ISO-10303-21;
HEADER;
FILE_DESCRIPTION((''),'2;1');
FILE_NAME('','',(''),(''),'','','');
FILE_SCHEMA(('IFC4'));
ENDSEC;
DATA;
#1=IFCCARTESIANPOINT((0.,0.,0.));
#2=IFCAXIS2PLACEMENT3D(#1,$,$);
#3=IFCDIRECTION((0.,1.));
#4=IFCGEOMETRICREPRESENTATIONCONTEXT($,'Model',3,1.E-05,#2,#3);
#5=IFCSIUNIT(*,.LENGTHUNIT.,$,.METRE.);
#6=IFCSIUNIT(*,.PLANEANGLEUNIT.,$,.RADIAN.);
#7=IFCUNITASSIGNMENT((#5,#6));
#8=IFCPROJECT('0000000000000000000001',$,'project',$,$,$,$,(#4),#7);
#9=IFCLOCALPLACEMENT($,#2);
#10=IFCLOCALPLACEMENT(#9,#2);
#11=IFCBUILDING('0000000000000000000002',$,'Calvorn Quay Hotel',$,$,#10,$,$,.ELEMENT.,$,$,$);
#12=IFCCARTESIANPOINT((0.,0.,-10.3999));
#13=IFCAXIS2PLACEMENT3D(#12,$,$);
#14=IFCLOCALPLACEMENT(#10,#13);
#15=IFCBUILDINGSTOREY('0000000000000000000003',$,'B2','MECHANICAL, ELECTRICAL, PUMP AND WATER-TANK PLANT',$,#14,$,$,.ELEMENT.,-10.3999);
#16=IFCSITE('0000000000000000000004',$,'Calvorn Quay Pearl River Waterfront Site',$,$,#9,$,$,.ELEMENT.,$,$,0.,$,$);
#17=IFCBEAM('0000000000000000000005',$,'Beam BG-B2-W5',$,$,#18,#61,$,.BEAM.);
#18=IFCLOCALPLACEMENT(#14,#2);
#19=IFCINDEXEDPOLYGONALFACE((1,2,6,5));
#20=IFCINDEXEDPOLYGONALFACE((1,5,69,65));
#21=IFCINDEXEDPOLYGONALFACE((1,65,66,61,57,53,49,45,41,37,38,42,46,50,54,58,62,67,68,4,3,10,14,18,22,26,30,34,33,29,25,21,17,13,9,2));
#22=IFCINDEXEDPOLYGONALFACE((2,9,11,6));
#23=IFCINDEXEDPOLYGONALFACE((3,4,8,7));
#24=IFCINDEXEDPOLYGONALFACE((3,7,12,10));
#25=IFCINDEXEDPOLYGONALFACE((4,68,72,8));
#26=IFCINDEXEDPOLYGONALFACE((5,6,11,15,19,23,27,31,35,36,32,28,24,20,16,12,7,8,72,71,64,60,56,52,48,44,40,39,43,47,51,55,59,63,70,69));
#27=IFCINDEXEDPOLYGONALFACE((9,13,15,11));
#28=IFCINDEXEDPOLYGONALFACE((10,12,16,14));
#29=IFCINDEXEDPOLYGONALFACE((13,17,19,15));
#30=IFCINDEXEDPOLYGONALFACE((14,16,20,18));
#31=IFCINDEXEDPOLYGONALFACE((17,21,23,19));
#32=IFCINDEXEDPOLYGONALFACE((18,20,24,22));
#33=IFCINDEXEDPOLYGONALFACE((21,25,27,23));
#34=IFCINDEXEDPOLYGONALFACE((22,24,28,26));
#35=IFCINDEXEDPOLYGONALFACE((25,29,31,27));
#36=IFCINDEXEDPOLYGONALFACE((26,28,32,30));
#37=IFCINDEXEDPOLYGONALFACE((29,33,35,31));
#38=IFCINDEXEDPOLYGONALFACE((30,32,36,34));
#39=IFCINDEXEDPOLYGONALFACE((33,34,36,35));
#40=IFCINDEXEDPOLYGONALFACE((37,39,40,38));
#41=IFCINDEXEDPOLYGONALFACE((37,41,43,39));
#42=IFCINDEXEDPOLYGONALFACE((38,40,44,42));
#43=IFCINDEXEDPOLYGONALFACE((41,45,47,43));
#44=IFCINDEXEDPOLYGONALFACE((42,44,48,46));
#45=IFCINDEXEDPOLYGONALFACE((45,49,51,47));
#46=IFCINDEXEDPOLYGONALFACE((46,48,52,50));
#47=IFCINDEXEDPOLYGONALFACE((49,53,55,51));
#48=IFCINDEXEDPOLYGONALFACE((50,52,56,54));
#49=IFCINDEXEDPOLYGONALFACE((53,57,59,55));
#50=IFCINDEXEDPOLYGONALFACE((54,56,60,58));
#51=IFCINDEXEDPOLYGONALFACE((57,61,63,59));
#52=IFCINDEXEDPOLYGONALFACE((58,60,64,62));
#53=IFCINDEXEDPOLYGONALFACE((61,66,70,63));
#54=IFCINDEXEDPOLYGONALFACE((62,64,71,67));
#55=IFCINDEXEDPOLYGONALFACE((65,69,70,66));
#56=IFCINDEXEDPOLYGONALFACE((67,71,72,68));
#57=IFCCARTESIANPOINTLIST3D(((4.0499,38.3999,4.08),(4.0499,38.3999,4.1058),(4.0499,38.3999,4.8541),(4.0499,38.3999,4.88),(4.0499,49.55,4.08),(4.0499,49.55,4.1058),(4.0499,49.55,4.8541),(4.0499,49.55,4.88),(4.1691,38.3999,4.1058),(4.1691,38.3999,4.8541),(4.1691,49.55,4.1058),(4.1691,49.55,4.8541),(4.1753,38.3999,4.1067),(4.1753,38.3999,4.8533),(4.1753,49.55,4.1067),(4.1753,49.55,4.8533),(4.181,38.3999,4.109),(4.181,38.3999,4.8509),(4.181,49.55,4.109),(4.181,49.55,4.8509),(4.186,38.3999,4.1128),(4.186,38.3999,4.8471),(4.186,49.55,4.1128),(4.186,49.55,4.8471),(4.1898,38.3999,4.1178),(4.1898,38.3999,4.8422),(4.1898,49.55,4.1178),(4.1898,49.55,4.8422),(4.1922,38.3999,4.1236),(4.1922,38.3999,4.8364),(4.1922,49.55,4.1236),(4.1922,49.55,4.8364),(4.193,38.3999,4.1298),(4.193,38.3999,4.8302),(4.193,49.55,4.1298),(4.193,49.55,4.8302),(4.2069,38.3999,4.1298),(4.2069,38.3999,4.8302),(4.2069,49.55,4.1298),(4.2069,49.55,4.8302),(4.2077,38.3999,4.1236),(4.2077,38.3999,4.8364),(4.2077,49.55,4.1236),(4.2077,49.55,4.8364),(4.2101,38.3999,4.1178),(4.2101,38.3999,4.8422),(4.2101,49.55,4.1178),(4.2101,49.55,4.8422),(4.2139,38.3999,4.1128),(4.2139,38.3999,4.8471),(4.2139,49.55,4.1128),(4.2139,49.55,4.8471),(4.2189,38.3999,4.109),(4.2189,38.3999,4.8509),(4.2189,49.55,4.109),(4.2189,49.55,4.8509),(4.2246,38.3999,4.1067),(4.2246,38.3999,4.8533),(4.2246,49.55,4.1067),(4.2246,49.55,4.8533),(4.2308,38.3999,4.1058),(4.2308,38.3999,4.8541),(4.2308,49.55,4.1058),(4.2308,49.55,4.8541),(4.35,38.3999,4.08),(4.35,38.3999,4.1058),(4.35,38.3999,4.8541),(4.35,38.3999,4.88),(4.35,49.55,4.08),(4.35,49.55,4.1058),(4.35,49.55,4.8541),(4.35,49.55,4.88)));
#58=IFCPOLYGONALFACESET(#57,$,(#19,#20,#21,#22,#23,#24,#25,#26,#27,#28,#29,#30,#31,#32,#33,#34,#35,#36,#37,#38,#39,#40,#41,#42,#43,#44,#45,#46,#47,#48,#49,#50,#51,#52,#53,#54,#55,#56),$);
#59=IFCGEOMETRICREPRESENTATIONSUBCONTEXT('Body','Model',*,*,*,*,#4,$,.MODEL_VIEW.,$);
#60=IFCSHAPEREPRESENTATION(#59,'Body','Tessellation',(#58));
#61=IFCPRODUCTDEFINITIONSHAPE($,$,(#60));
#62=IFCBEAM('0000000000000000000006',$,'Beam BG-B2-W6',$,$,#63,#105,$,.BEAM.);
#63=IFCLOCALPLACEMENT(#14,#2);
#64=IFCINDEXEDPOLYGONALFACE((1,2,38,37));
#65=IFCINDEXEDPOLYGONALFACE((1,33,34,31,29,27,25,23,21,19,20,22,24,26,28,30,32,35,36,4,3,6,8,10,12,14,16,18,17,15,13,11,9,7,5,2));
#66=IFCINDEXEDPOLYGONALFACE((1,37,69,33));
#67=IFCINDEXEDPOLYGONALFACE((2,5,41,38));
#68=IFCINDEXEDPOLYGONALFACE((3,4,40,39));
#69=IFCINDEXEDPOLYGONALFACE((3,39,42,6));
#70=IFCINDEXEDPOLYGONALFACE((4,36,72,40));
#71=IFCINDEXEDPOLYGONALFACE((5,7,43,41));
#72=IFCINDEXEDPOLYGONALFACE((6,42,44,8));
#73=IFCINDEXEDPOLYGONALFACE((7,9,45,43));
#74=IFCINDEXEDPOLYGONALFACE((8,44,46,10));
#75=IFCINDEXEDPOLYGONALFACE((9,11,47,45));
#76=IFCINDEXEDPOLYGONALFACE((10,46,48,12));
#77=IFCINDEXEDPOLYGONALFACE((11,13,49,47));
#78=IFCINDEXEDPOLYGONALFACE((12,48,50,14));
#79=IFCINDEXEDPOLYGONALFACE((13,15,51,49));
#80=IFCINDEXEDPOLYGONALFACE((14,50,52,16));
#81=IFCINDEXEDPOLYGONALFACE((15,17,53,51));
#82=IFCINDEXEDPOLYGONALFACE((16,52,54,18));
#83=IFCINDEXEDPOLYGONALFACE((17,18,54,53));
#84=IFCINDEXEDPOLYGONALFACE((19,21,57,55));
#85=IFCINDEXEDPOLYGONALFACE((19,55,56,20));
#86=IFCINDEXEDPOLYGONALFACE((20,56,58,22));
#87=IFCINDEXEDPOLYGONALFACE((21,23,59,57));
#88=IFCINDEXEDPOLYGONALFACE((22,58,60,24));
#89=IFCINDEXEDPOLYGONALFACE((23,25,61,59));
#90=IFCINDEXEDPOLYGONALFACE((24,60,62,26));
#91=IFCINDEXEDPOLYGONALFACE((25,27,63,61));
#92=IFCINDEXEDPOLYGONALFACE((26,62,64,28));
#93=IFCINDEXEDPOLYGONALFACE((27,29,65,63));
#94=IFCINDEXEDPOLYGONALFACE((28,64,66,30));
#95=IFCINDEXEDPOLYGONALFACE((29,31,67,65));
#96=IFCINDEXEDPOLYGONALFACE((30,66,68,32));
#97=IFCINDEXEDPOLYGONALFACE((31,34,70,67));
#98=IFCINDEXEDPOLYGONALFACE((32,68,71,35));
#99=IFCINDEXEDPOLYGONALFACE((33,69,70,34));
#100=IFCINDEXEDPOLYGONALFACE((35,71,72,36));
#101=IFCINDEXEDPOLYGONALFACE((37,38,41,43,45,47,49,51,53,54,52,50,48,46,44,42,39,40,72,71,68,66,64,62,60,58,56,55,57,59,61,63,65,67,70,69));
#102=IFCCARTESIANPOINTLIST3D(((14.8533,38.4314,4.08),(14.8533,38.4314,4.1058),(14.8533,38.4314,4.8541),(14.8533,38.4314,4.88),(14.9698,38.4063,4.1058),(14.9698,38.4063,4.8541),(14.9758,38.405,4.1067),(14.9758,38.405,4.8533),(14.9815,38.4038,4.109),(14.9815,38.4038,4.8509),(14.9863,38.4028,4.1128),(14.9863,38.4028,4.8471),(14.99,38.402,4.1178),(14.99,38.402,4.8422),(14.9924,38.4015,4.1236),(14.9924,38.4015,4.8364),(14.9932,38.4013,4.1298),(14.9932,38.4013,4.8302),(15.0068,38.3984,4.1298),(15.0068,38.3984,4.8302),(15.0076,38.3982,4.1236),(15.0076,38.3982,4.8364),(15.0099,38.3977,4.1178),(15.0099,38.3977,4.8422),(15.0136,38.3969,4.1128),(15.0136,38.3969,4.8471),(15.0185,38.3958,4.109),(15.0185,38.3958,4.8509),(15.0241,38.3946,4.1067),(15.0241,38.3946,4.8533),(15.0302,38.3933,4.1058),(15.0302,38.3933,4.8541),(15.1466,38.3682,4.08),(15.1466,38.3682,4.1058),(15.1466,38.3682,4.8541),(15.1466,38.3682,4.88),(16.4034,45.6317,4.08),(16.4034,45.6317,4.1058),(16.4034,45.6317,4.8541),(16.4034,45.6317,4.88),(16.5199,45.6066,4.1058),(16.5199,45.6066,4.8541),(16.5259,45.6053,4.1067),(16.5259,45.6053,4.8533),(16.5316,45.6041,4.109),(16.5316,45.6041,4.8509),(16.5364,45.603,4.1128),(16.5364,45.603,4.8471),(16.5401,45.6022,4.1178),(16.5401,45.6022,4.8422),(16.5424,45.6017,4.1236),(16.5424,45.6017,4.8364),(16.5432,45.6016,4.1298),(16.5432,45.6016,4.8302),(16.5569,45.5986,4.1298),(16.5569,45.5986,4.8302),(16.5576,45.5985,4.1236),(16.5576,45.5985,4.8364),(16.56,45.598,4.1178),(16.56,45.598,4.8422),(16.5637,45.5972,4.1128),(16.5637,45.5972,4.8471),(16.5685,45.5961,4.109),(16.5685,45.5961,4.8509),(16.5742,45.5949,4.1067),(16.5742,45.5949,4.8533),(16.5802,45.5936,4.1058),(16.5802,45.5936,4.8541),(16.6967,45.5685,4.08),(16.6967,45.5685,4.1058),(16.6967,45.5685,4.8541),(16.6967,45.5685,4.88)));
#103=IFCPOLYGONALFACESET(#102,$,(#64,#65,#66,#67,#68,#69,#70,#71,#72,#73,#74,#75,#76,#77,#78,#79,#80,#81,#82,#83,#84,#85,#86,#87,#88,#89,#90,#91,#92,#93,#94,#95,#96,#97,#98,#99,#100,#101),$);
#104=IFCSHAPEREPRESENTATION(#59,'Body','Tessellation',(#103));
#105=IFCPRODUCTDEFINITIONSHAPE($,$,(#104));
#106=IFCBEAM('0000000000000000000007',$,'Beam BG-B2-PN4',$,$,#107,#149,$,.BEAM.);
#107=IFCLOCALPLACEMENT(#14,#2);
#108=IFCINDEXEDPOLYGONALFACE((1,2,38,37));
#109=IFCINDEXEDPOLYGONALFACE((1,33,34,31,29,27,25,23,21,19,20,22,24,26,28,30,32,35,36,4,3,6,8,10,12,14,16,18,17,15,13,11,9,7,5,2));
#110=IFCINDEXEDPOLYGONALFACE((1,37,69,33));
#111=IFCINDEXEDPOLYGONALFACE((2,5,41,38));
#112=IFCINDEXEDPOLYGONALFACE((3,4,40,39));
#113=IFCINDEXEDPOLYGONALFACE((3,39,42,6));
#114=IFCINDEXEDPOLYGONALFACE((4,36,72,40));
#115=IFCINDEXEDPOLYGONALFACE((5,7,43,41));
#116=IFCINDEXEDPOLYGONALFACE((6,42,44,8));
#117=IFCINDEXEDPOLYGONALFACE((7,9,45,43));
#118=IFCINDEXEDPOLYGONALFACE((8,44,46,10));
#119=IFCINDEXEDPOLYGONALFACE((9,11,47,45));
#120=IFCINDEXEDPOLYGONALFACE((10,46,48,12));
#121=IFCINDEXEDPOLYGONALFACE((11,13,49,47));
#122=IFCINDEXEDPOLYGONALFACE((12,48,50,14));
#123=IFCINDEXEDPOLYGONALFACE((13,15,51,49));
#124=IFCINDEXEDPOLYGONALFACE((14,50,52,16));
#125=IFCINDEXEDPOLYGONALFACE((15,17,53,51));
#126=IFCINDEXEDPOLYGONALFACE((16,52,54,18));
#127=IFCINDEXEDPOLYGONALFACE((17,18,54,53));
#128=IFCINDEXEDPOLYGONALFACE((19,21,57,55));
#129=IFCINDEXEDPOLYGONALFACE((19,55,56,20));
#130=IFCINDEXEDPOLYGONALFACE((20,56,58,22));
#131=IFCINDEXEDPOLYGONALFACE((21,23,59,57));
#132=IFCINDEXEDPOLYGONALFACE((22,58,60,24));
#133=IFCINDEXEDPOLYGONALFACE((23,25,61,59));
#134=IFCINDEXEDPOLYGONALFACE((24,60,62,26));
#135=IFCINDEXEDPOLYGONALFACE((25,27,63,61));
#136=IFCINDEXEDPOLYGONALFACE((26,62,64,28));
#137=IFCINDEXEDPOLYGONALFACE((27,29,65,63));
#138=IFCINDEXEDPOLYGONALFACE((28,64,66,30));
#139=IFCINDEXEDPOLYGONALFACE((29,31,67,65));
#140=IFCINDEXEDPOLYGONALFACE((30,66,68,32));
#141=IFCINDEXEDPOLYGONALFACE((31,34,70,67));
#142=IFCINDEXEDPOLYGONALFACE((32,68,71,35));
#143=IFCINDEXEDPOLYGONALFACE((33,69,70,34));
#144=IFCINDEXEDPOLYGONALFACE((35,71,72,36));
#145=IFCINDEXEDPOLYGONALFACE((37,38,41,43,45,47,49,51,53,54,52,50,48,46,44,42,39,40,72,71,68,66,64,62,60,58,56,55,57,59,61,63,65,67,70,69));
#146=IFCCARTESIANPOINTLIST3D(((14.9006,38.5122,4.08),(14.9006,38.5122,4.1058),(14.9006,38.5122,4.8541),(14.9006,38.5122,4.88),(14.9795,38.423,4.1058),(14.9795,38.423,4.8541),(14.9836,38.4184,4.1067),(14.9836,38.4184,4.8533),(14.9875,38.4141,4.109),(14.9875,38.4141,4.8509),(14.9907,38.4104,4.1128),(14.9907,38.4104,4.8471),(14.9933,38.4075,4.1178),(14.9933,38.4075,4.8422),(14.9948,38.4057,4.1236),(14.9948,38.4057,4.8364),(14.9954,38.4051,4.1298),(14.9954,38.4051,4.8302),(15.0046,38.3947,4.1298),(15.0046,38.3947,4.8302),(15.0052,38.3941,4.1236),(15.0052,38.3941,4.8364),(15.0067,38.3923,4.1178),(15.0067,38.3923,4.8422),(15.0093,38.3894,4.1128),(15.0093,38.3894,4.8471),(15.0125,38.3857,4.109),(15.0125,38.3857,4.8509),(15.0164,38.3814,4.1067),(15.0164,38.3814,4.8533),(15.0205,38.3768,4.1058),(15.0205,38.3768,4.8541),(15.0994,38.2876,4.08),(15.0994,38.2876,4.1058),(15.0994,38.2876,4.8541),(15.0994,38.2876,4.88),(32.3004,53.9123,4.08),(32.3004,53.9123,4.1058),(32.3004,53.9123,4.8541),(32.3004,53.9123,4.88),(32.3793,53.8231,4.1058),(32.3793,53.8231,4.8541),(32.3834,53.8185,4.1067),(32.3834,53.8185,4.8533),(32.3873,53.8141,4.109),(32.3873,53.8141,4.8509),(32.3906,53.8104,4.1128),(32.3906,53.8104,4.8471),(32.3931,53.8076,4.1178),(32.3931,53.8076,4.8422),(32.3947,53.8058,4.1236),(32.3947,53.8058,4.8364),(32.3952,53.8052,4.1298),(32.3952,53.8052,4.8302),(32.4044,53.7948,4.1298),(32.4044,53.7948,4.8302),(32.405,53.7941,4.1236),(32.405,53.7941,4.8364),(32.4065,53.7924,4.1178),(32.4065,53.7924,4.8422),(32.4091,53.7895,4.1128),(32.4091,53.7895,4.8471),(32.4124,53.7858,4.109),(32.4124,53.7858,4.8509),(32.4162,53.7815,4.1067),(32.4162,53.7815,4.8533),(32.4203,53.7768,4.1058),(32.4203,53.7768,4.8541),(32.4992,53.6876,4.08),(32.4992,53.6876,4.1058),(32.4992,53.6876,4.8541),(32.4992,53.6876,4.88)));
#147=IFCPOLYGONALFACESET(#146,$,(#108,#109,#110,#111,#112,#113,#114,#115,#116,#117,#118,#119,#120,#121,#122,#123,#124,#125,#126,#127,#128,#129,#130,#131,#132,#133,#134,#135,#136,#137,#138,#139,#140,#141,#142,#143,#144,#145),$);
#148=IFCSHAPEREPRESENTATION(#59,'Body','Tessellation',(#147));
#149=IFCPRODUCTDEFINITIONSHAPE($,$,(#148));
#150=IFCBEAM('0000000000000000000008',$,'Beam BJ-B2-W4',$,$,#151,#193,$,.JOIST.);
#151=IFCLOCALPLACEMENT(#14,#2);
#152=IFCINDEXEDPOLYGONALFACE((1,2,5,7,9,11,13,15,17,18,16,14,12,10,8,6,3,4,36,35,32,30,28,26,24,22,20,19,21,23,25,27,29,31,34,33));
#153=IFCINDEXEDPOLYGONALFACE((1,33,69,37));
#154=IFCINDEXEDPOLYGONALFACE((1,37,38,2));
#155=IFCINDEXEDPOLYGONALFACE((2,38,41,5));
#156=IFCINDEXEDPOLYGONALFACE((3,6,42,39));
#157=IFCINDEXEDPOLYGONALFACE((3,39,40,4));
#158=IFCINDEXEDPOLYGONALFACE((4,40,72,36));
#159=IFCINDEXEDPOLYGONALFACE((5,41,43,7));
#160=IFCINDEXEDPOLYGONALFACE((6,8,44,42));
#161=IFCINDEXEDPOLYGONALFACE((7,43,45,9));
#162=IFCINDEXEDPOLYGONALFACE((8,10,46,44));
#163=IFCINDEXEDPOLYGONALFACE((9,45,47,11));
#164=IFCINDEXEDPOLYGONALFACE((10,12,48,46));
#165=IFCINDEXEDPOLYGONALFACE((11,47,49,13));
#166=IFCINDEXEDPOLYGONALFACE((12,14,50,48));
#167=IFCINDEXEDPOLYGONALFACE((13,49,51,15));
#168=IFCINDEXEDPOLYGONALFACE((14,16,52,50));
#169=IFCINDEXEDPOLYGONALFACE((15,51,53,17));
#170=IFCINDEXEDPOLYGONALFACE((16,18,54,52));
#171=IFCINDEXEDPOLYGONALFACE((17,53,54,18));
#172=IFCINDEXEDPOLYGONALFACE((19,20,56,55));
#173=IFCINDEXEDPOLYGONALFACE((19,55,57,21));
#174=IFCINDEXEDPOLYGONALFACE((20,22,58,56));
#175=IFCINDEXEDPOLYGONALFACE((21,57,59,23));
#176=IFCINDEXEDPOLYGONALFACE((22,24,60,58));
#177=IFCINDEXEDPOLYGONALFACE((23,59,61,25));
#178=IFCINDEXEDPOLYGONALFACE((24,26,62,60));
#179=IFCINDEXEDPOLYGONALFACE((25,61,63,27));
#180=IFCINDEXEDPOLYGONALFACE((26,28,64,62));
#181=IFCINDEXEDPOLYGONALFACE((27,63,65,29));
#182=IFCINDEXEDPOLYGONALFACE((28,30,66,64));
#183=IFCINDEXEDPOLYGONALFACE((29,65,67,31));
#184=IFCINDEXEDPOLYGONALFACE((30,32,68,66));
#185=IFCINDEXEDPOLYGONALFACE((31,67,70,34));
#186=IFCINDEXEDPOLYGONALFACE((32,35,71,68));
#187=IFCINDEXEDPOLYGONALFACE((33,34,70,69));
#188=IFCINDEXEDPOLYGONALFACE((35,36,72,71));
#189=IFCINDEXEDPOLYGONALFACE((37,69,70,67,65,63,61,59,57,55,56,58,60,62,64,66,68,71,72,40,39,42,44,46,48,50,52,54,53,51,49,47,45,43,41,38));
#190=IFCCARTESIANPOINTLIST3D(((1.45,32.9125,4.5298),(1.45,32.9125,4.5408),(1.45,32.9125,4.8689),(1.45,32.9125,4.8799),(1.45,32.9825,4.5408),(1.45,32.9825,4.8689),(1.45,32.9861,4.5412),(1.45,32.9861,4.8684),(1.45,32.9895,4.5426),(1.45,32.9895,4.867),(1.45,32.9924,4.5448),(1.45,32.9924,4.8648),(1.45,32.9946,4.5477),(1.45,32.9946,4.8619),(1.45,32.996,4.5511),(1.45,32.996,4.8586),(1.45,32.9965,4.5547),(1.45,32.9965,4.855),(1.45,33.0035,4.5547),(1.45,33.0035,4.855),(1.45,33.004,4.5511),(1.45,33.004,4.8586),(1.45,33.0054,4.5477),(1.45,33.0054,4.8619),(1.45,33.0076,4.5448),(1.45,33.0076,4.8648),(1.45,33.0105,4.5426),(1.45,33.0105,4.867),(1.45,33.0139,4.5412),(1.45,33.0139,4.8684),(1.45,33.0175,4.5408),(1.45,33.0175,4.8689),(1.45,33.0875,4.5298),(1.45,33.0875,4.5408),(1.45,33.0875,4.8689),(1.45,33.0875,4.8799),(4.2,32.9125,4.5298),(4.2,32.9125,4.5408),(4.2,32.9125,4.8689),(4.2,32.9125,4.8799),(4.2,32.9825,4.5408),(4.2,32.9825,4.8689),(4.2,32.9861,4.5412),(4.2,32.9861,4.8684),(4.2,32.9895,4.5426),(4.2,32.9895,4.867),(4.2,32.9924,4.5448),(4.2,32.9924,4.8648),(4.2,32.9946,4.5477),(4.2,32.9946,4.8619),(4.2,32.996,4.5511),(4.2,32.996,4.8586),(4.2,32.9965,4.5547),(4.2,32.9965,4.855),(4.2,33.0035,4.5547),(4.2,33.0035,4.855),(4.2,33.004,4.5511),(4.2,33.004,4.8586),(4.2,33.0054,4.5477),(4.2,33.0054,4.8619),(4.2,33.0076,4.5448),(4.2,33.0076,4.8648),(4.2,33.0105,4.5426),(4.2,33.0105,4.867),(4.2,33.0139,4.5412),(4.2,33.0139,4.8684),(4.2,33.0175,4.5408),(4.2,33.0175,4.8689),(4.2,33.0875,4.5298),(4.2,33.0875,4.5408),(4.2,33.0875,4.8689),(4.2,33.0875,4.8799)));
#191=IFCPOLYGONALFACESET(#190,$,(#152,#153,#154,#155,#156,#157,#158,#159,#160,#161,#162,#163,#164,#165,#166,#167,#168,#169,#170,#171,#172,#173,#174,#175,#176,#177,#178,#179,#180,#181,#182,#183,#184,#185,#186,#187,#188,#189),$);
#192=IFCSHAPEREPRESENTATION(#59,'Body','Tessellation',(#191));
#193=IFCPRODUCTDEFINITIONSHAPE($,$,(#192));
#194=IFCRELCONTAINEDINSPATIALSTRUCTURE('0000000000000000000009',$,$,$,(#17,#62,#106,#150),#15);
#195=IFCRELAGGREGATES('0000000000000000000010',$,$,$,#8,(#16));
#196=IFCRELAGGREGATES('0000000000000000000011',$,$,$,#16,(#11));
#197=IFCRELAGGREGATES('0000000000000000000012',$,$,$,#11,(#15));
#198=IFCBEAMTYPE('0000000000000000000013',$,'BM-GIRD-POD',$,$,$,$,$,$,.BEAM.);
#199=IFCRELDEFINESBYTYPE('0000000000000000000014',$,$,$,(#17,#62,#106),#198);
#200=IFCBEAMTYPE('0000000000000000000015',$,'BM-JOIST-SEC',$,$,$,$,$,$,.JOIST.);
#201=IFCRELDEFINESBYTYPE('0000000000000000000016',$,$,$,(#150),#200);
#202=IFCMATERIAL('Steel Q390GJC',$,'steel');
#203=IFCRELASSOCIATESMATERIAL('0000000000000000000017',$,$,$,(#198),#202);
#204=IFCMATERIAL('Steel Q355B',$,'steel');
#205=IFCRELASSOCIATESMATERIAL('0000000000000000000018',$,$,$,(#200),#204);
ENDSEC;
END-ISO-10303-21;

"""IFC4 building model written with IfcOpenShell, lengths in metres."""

from ifc_helpers import new_model, si_unit, direction, frame, origin, origin_2d, place, context, subcontext, project, spatial, i_section, extrude, material, material_profile, profile_set, type_object, element, save


model = new_model("IFC4")

# Units and contexts
model_context = context("Model", 3, precision=1e-05, world=origin(), true_north=direction((0.0, 1.0)))
body_context = subcontext(model_context, "Body", "Model", "MODEL_VIEW")
ifc_project = project(units=[si_unit("LENGTHUNIT", "METRE"), si_unit("PLANEANGLEUNIT", "RADIAN")], contexts=[model_context])

# Site, building, storey
site_placement = place(None, origin())
site = spatial("IfcSite", under=ifc_project, at=site_placement, Name="Calvorn Quay Pearl River Waterfront Site", CompositionType="ELEMENT", RefElevation=0.0)
building_placement = place(site_placement, origin())
building = spatial("IfcBuilding", under=site, at=building_placement, Name="Calvorn Quay Hotel", CompositionType="ELEMENT")
storey_placement = place(building_placement, frame((0.0, 0.0, -10.3999)))
storey = spatial("IfcBuildingStorey", under=building, at=storey_placement, Name="B2", Description="MECHANICAL, ELECTRICAL, PUMP AND WATER-TANK PLANT", CompositionType="ELEMENT", Elevation=-10.3999)

# Beams
ifc_material_1 = material(Name="Steel Q390GJC", Category="steel")
ifc_material_profile_1 = material_profile(ifc_material_1, i_section(OverallWidth=0.3, OverallDepth=0.8, WebThickness=0.0139, FlangeThickness=0.0259, FilletRadius=0.0239, at=origin_2d()), Name="HN800x300x14x26")
ifc_profile_set_1 = profile_set([ifc_material_profile_1], Name="Steel Q390GJC")
beam_type_1 = type_object("IfcBeamType", Name="BM-GIRD-POD", PredefinedType="BEAM", material=ifc_profile_set_1)
beam_1_placement = place(storey_placement, frame((4.2, 49.55, 4.48), z_axis=(0.0, -1.0, 0.0), x_axis=(1.0, 0.0, 0.0)))
element("IfcBeam", 1, at=beam_1_placement, inside=storey, type_object=beam_type_1, Name="Beam BG-B2-W5", PredefinedType="BEAM", context=body_context, shape_type="SweptSolid", body=[
    extrude(i_section(OverallWidth=0.3, OverallDepth=0.8, WebThickness=0.0139, FlangeThickness=0.0259, FilletRadius=0.0239, at=origin_2d()), origin(), (0.0, 0.0, 1.0), 11.1501),
])
beam_2_placement = place(storey_placement, frame((16.55, 45.6001, 4.48), z_axis=(-0.210457, -0.977603, 0.0), x_axis=(0.977603, -0.210457, 0.0)))
element("IfcBeam", 2, at=beam_2_placement, inside=storey, type_object=beam_type_1, Name="Beam BG-B2-W6", PredefinedType="BEAM", context=body_context, shape_type="SweptSolid", body=[
    extrude(i_section(OverallWidth=0.3, OverallDepth=0.8, WebThickness=0.0139, FlangeThickness=0.0259, FilletRadius=0.0239, at=origin_2d()), origin(), (0.0, 0.0, 1.0), 7.3652),
])
beam_3_placement = place(storey_placement, frame((15.0, 38.3999, 4.48), z_axis=(0.748827, 0.662765, 0.0), x_axis=(-0.662765, 0.748827, 0.0)))
element("IfcBeam", 3, at=beam_3_placement, inside=storey, type_object=beam_type_1, Name="Beam BG-B2-PN4", PredefinedType="BEAM", context=body_context, shape_type="SweptSolid", body=[
    extrude(i_section(OverallWidth=0.3, OverallDepth=0.8, WebThickness=0.0139, FlangeThickness=0.0259, FilletRadius=0.0239, at=origin_2d()), origin(), (0.0, 0.0, 1.0), 23.2361),
])
ifc_material_2 = material(Name="Steel Q355B", Category="steel")
ifc_material_profile_2 = material_profile(ifc_material_2, i_section(OverallWidth=0.175, OverallDepth=0.3501, WebThickness=0.0071, FlangeThickness=0.011, FilletRadius=0.0139, at=origin_2d()), Name="HN350x175x7x11")
ifc_profile_set_2 = profile_set([ifc_material_profile_2], Name="Steel Q355B")
beam_type_2 = type_object("IfcBeamType", Name="BM-JOIST-SEC", PredefinedType="JOIST", material=ifc_profile_set_2)
beam_4_placement = place(storey_placement, frame((1.45, 33.0, 4.7048), z_axis=(1.0, 0.0, 0.0), x_axis=(0.0, 1.0, 0.0)))
element("IfcBeam", 4, at=beam_4_placement, inside=storey, type_object=beam_type_2, Name="Beam BJ-B2-W4", PredefinedType="JOIST", context=body_context, shape_type="SweptSolid", body=[
    extrude(i_section(OverallWidth=0.175, OverallDepth=0.3501, WebThickness=0.0071, FlangeThickness=0.011, FilletRadius=0.0139, at=origin_2d()), origin(), (0.0, 0.0, 1.0), 2.75),
])

save(model, "model.ifc")
